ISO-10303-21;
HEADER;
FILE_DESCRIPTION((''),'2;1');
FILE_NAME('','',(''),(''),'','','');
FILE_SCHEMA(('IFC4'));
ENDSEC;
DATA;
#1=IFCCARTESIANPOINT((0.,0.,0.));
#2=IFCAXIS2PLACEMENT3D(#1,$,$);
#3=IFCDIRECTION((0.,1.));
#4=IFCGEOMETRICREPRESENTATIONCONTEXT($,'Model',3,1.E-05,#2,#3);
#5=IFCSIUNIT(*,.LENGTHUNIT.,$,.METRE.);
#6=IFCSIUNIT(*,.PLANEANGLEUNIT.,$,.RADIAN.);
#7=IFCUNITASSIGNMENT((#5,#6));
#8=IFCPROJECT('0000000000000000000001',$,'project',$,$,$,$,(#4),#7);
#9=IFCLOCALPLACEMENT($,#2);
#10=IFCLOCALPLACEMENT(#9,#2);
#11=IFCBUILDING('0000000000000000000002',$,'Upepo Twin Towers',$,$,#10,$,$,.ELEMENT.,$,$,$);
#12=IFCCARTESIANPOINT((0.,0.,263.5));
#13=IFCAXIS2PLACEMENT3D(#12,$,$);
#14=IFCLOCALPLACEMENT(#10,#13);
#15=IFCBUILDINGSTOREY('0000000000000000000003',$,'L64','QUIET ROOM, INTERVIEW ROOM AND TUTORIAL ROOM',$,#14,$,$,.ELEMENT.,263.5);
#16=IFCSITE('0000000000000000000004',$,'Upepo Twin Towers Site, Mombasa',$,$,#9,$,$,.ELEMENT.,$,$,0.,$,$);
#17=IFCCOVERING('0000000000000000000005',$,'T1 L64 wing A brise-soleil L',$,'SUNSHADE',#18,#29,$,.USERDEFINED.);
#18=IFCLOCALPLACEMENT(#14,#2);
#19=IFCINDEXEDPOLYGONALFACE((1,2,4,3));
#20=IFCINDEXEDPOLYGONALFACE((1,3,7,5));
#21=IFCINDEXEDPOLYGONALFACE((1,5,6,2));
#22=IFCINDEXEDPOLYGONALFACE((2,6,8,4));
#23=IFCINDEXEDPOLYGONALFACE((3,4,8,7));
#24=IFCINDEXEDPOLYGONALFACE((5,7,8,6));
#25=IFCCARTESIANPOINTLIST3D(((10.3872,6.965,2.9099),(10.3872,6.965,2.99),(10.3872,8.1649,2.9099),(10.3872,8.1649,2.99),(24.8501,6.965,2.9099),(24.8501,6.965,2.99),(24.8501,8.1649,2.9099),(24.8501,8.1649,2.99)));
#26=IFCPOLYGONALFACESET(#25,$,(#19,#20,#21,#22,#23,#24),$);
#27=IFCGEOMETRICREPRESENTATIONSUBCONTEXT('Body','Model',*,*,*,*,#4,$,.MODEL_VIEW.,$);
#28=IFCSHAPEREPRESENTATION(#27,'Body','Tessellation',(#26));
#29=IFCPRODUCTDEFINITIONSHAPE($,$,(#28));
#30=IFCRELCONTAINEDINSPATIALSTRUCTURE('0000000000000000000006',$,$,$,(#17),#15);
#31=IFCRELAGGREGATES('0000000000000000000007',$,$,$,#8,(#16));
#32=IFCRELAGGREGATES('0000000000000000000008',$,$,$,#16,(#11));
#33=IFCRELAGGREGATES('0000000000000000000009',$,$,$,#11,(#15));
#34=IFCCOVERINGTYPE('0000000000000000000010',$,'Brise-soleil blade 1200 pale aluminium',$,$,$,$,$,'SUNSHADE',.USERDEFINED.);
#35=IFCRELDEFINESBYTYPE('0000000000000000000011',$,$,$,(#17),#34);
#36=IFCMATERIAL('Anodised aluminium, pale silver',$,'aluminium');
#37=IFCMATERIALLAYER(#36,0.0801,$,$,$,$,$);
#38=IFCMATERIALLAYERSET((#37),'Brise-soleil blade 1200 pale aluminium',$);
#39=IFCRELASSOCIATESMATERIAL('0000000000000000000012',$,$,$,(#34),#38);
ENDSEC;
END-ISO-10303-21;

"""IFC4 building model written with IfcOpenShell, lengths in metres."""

from ifc_helpers import new_model, si_unit, direction, frame, origin, origin_2d, place, context, subcontext, project, spatial, rectangle, extrude, material, layer, layer_set, type_object, element, save


model = new_model("IFC4")

# Units and contexts
model_context = context("Model", 3, precision=1e-05, world=origin(), true_north=direction((0.0, 1.0)))
body_context = subcontext(model_context, "Body", "Model", "MODEL_VIEW")
ifc_project = project(units=[si_unit("LENGTHUNIT", "METRE"), si_unit("PLANEANGLEUNIT", "RADIAN")], contexts=[model_context])

# Site, building, storey
site_placement = place(None, origin())
site = spatial("IfcSite", under=ifc_project, at=site_placement, Name="Upepo Twin Towers Site, Mombasa", CompositionType="ELEMENT", RefElevation=0.0)
building_placement = place(site_placement, origin())
building = spatial("IfcBuilding", under=site, at=building_placement, Name="Upepo Twin Towers", CompositionType="ELEMENT")
storey_placement = place(building_placement, frame((0.0, 0.0, 263.5)))
storey = spatial("IfcBuildingStorey", under=building, at=storey_placement, Name="L64", Description="QUIET ROOM, INTERVIEW ROOM AND TUTORIAL ROOM", CompositionType="ELEMENT", Elevation=263.5)

# Covering
ifc_material_1 = material(Name="Anodised aluminium, pale silver", Category="aluminium")
ifc_layer_1 = layer(ifc_material_1, 0.0801)
ifc_layer_set_1 = layer_set([ifc_layer_1], Name="Brise-soleil blade 1200 pale aluminium")
covering_type = type_object("IfcCoveringType", Name="Brise-soleil blade 1200 pale aluminium", ElementType="SUNSHADE", PredefinedType="USERDEFINED", material=ifc_layer_set_1)
covering_placement = place(storey_placement, frame((17.6187, 7.5649, 2.9099), z_axis=(0.0, 0.0, 1.0), x_axis=(1.0, 0.0, 0.0)))
element("IfcCovering", 1, at=covering_placement, inside=storey, type_object=covering_type, Name="T1 L64 wing A brise-soleil L", ObjectType="SUNSHADE", PredefinedType="USERDEFINED", context=body_context, shape_type="SweptSolid", body=[
    extrude(rectangle(XDim=14.4629, YDim=1.2, at=origin_2d()), origin(), (0.0, 0.0, 1.0), 0.0801),
])

save(model, "model.ifc")
